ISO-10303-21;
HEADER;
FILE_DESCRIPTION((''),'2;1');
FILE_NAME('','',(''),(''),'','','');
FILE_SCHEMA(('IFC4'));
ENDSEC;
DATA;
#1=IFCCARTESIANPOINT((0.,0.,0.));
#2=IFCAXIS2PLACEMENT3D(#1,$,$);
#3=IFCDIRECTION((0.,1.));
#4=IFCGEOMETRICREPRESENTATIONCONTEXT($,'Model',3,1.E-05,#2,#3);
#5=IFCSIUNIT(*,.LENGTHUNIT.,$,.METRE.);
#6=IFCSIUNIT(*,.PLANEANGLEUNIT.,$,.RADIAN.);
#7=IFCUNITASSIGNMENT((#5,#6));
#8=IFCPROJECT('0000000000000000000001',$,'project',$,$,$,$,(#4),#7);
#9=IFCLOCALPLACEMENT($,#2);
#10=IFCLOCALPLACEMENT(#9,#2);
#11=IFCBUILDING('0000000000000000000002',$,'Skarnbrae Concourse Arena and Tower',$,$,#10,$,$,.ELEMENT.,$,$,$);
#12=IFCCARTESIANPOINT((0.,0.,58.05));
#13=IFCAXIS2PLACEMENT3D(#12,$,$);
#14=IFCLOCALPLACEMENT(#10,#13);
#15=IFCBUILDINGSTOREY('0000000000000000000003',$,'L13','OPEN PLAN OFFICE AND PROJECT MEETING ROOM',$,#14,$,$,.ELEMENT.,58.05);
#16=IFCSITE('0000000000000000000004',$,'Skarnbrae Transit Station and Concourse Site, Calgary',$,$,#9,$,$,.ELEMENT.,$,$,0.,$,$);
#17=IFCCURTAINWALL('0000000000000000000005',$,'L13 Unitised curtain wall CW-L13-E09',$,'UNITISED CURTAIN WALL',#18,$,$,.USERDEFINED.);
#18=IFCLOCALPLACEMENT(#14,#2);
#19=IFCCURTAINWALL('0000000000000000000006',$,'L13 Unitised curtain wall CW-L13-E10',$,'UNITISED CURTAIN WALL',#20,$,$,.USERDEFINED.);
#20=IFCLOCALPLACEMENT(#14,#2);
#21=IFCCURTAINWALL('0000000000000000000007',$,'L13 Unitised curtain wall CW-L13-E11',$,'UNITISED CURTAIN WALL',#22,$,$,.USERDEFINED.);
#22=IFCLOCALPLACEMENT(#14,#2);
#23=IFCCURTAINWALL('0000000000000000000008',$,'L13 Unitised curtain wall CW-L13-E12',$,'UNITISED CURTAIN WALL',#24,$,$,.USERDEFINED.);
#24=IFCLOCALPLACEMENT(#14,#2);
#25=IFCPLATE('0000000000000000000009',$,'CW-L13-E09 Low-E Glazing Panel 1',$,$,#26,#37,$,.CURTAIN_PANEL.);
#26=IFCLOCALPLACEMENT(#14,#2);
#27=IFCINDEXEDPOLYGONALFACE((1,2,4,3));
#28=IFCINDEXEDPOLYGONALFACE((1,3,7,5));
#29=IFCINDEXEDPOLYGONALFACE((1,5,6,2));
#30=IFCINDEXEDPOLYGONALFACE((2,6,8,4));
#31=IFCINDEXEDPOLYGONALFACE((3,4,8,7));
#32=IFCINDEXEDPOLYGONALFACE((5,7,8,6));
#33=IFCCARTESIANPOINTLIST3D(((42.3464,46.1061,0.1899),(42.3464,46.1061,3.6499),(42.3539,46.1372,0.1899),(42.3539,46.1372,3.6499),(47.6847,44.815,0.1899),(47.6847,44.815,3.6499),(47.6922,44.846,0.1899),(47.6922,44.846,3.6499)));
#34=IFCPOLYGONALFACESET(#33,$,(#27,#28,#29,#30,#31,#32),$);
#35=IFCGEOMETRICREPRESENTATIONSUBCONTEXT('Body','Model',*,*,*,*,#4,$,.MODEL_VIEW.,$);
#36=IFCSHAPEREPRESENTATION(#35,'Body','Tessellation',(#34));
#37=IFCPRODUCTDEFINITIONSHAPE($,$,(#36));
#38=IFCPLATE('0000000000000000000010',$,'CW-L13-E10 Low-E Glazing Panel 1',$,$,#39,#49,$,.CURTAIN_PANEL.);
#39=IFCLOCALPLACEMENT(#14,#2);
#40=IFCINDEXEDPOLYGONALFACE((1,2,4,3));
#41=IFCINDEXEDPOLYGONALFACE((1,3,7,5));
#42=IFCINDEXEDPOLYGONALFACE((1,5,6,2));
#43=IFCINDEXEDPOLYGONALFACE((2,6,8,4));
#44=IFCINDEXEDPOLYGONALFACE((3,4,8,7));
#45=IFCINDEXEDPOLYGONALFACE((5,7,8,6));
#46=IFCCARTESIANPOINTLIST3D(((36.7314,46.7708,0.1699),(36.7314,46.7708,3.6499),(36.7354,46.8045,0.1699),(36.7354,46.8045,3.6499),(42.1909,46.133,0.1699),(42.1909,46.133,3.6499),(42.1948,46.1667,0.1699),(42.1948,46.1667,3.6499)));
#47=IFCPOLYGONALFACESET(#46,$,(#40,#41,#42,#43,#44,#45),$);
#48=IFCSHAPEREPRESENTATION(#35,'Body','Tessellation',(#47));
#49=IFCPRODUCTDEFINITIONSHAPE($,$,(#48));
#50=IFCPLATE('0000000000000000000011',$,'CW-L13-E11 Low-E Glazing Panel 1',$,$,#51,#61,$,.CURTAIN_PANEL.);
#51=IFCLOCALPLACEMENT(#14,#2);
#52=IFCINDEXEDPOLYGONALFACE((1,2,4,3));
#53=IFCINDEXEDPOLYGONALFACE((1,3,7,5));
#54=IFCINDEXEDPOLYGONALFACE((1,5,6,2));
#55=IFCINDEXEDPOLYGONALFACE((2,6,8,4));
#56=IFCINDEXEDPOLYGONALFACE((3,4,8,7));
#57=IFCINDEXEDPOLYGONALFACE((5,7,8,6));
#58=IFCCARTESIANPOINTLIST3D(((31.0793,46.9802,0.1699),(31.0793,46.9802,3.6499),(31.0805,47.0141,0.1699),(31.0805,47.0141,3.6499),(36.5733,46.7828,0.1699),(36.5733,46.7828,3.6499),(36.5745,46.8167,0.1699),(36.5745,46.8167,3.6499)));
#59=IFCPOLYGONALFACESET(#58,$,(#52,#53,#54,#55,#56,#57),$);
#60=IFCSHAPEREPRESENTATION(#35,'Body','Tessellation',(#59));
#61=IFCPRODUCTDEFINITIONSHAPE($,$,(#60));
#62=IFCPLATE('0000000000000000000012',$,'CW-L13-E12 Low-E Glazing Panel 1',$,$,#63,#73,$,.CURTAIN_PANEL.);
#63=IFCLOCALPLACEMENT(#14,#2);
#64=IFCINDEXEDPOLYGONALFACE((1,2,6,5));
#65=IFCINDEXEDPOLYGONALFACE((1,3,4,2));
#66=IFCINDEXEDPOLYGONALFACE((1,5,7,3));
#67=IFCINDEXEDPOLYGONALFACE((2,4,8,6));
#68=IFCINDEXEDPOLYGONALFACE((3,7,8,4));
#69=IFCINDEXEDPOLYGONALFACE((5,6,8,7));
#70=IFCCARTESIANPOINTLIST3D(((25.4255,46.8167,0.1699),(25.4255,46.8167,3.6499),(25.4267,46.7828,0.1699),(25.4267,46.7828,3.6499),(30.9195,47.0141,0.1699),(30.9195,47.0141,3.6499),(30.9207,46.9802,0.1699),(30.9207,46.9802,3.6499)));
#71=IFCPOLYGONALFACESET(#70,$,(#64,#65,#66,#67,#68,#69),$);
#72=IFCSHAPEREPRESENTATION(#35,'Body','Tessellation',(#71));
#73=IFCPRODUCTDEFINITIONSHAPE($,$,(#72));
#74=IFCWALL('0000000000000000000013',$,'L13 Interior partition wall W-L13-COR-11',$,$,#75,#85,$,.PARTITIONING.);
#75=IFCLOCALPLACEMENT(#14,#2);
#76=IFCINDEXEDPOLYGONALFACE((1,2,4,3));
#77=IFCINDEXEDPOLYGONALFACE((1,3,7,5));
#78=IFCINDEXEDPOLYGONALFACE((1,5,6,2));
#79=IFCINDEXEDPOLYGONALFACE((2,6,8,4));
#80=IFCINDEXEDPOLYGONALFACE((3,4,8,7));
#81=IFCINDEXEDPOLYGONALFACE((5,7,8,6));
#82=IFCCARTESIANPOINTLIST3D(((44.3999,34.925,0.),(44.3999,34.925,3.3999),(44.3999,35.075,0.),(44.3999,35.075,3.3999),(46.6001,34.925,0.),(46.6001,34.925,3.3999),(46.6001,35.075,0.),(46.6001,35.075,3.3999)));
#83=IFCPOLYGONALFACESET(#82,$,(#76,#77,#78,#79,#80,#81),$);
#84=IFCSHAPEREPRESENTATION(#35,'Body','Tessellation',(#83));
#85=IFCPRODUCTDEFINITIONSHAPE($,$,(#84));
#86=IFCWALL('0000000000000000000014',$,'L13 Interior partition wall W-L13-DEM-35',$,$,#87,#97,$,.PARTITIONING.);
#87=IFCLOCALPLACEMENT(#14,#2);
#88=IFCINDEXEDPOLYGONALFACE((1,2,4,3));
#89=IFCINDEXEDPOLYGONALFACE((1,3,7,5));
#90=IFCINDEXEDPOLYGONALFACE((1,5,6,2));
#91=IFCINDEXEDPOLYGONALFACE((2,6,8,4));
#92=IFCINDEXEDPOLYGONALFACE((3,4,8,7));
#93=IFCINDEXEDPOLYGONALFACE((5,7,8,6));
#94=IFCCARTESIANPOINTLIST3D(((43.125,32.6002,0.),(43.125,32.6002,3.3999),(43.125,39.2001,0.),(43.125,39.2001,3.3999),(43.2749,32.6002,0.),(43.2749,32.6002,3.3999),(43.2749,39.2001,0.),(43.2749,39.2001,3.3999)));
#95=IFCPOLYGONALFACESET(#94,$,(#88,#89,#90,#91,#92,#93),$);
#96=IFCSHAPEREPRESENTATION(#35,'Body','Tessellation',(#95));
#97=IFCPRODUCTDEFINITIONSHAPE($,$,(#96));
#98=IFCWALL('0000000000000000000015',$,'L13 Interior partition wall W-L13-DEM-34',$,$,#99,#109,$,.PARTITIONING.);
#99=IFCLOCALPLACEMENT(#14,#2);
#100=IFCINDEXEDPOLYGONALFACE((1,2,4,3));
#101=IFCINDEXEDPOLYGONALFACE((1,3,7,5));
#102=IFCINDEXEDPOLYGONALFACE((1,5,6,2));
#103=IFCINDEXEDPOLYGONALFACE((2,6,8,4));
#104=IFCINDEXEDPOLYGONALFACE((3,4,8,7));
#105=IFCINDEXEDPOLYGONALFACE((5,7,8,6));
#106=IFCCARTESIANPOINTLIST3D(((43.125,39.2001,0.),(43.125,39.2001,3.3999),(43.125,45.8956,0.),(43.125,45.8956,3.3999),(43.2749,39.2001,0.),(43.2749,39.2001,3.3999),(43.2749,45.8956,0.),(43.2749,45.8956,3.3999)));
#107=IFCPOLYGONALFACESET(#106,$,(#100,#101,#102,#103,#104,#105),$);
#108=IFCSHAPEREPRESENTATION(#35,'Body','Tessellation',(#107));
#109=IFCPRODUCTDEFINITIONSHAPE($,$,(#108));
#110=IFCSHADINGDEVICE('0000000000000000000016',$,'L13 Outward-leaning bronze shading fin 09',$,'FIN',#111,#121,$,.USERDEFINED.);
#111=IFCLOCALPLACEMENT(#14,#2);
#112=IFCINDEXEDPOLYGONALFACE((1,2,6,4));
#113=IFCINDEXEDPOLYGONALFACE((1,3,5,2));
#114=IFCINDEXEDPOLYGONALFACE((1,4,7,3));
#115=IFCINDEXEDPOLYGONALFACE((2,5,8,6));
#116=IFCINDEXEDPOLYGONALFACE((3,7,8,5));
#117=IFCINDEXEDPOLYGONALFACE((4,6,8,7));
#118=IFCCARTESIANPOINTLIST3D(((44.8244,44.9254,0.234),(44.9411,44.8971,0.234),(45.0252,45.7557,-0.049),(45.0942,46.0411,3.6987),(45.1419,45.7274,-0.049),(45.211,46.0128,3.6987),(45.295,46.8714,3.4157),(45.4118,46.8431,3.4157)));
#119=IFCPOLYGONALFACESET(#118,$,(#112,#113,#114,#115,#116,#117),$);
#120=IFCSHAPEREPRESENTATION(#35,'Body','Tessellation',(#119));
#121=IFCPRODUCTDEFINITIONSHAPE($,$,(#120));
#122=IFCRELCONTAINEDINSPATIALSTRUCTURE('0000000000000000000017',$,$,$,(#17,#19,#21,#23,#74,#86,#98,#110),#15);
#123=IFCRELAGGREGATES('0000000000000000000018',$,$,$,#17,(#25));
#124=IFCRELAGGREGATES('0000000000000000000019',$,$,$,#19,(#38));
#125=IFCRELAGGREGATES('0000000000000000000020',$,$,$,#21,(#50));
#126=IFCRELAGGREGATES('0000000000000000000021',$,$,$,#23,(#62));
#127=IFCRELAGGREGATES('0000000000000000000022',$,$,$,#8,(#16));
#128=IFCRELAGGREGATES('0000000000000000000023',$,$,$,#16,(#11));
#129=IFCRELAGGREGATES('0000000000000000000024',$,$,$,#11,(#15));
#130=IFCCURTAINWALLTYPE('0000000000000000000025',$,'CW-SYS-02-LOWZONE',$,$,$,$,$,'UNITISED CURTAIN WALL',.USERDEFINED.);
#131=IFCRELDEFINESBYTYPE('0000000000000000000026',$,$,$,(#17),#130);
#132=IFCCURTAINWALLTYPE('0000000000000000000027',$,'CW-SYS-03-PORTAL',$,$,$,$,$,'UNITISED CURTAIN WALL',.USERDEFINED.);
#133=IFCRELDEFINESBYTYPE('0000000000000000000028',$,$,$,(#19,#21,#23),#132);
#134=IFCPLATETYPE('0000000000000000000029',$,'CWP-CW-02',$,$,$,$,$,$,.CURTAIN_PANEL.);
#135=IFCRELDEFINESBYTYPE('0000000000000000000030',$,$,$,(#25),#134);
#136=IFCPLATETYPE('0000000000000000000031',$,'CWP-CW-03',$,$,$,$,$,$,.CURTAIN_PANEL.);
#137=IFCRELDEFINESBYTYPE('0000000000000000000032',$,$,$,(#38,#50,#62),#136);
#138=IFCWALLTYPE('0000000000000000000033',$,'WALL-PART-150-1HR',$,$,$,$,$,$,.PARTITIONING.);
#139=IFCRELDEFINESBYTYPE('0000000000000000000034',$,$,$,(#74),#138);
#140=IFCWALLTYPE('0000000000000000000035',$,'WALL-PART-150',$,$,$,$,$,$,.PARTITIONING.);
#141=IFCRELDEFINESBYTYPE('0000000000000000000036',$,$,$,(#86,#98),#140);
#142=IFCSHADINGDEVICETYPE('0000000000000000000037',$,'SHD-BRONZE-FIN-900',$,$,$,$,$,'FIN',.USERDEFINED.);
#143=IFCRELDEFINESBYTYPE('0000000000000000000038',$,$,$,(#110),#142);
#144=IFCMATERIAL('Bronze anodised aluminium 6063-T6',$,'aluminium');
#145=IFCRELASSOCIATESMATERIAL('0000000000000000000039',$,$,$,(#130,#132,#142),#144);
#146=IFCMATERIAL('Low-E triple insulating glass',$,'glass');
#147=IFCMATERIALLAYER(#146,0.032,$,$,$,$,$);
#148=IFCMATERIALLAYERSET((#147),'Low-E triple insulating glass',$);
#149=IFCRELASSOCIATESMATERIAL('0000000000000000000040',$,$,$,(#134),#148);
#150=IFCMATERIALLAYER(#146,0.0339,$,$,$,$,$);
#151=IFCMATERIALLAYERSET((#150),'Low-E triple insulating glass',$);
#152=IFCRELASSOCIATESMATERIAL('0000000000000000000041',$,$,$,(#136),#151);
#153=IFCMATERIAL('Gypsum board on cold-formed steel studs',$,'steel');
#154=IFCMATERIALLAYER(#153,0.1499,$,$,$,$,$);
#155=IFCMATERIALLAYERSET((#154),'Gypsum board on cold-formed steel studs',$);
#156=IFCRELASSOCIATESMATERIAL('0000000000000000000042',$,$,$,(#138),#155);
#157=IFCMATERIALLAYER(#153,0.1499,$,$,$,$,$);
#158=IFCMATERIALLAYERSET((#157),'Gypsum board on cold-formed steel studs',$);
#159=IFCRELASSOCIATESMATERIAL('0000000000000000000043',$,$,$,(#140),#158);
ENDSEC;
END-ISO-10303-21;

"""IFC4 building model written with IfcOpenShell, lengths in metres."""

from ifc_helpers import new_model, si_unit, direction, frame, frame_2d, origin, origin_2d, place, context, subcontext, project, spatial, rectangle, extrude, source, transform, mapped, material, layer, layer_set, type_object, element, aggregate, save


model = new_model("IFC4")

# Units and contexts
model_context = context("Model", 3, precision=1e-05, world=origin(), true_north=direction((0.0, 1.0)))
body_context = subcontext(model_context, "Body", "Model", "MODEL_VIEW")
ifc_project = project(units=[si_unit("LENGTHUNIT", "METRE"), si_unit("PLANEANGLEUNIT", "RADIAN")], contexts=[model_context])

# Site, building, storey
site_placement = place(None, origin())
site = spatial("IfcSite", under=ifc_project, at=site_placement, Name="Skarnbrae Transit Station and Concourse Site, Calgary", CompositionType="ELEMENT", RefElevation=0.0)
building_placement = place(site_placement, origin())
building = spatial("IfcBuilding", under=site, at=building_placement, Name="Skarnbrae Concourse Arena and Tower", CompositionType="ELEMENT")
storey_placement = place(building_placement, frame((0.0, 0.0, 58.05)))
storey = spatial("IfcBuildingStorey", under=building, at=storey_placement, Name="L13", Description="OPEN PLAN OFFICE AND PROJECT MEETING ROOM", CompositionType="ELEMENT", Elevation=58.05)

# Curtain walls
ifc_material_1 = material(Name="Bronze anodised aluminium 6063-T6", Category="aluminium")
curtain_wall_type_1 = type_object("IfcCurtainWallType", Name="CW-SYS-02-LOWZONE", ElementType="UNITISED CURTAIN WALL", PredefinedType="USERDEFINED", material=ifc_material_1)
curtain_wall_1_placement = place(storey_placement, origin())
curtain_wall_1 = element("IfcCurtainWall", 1, at=curtain_wall_1_placement, inside=storey, type_object=curtain_wall_type_1, Name="L13 Unitised curtain wall CW-L13-E09", ObjectType="UNITISED CURTAIN WALL", PredefinedType="USERDEFINED")
curtain_wall_type_2 = type_object("IfcCurtainWallType", Name="CW-SYS-03-PORTAL", ElementType="UNITISED CURTAIN WALL", PredefinedType="USERDEFINED", material=ifc_material_1)
curtain_wall_2_placement = place(storey_placement, origin())
curtain_wall_2 = element("IfcCurtainWall", 2, at=curtain_wall_2_placement, inside=storey, type_object=curtain_wall_type_2, Name="L13 Unitised curtain wall CW-L13-E10", ObjectType="UNITISED CURTAIN WALL", PredefinedType="USERDEFINED")
curtain_wall_3_placement = place(storey_placement, origin())
curtain_wall_3 = element("IfcCurtainWall", 3, at=curtain_wall_3_placement, inside=storey, type_object=curtain_wall_type_2, Name="L13 Unitised curtain wall CW-L13-E11", ObjectType="UNITISED CURTAIN WALL", PredefinedType="USERDEFINED")
curtain_wall_4_placement = place(storey_placement, origin())
curtain_wall_4 = element("IfcCurtainWall", 4, at=curtain_wall_4_placement, inside=storey, type_object=curtain_wall_type_2, Name="L13 Unitised curtain wall CW-L13-E12", ObjectType="UNITISED CURTAIN WALL", PredefinedType="USERDEFINED")

# Plates
ifc_material_2 = material(Name="Low-E triple insulating glass", Category="glass")
ifc_layer_1 = layer(ifc_material_2, 0.032)
ifc_layer_set_1 = layer_set([ifc_layer_1], Name="Low-E triple insulating glass")
plate_type_1 = type_object("IfcPlateType", Name="CWP-CW-02", PredefinedType="CURTAIN_PANEL", material=ifc_layer_set_1)
shared_shape_1 = source(origin(), body_context, "Body", "SweptSolid", [
    extrude(rectangle(XDim=5.4922, YDim=0.032, at=origin_2d()), origin(), (0.0, 0.0, 1.0), 3.46),
])
plate_1_placement = place(storey_placement, frame((45.0193, 45.4761, 0.1899), z_axis=(0.0, 0.0, 1.0), x_axis=(-0.971974, 0.23509, 0.0)))
plate_1 = element("IfcPlate", 5, at=plate_1_placement, type_object=plate_type_1, Name="CW-L13-E09 Low-E Glazing Panel 1", PredefinedType="CURTAIN_PANEL", context=body_context, shape_type="MappedRepresentation", body=[
    mapped(shared_shape_1, transform((0.0, 0.0, 0.0))),
])
aggregate(curtain_wall_1, [plate_1])
ifc_layer_2 = layer(ifc_material_2, 0.0339)
ifc_layer_set_2 = layer_set([ifc_layer_2], Name="Low-E triple insulating glass")
plate_type_2 = type_object("IfcPlateType", Name="CWP-CW-03", PredefinedType="CURTAIN_PANEL", material=ifc_layer_set_2)
shared_shape_2 = source(origin(), body_context, "Body", "SweptSolid", [
    extrude(rectangle(XDim=5.4966, YDim=0.0339, at=origin_2d()), origin(), (0.0, 0.0, 1.0), 3.48),
])
plate_2_placement = place(storey_placement, frame((39.4631, 46.4688, 0.1699), z_axis=(0.0, 0.0, 1.0), x_axis=(-0.993245, 0.11604, 0.0)))
plate_2 = element("IfcPlate", 6, at=plate_2_placement, type_object=plate_type_2, Name="CW-L13-E10 Low-E Glazing Panel 1", PredefinedType="CURTAIN_PANEL", context=body_context, shape_type="MappedRepresentation", body=[
    mapped(shared_shape_2, transform((0.0, 0.0, 0.0))),
])
aggregate(curtain_wall_2, [plate_2])
shared_shape_3 = source(origin(), body_context, "Body", "SweptSolid", [
    extrude(rectangle(XDim=5.4976, YDim=0.0339, at=origin_2d()), origin(), (0.0, 0.0, 1.0), 3.48),
])
plate_3_placement = place(storey_placement, frame((33.8269, 46.8984, 0.1699), z_axis=(0.0, 0.0, 1.0), x_axis=(-0.999355, 0.035899, 0.0)))
plate_3 = element("IfcPlate", 7, at=plate_3_placement, type_object=plate_type_2, Name="CW-L13-E11 Low-E Glazing Panel 1", PredefinedType="CURTAIN_PANEL", context=body_context, shape_type="MappedRepresentation", body=[
    mapped(shared_shape_3, transform((0.0, 0.0, 0.0))),
])
aggregate(curtain_wall_3, [plate_3])
plate_4_placement = place(storey_placement, frame((28.1731, 46.8984, 0.1699), z_axis=(0.0, 0.0, 1.0), x_axis=(-0.999355, -0.035899, 0.0)))
plate_4 = element("IfcPlate", 8, at=plate_4_placement, type_object=plate_type_2, Name="CW-L13-E12 Low-E Glazing Panel 1", PredefinedType="CURTAIN_PANEL", context=body_context, shape_type="MappedRepresentation", body=[
    mapped(shared_shape_3, transform((0.0, 0.0, 0.0))),
])
aggregate(curtain_wall_4, [plate_4])

# Walls
ifc_material_3 = material(Name="Gypsum board on cold-formed steel studs", Category="steel")
ifc_layer_3 = layer(ifc_material_3, 0.1499)
ifc_layer_set_3 = layer_set([ifc_layer_3], Name="Gypsum board on cold-formed steel studs")
wall_type_1 = type_object("IfcWallType", Name="WALL-PART-150-1HR", PredefinedType="PARTITIONING", material=ifc_layer_set_3)
shared_shape_4 = source(origin(), body_context, "Body", "SweptSolid", [
    extrude(rectangle(XDim=2.2002, YDim=0.1499, at=frame_2d((1.1001, 0.0))), origin(), (0.0, 0.0, 1.0), 3.3999),
])
wall_1_placement = place(storey_placement, frame((44.3999, 35.0, 0.0), z_axis=(0.0, 0.0, 1.0), x_axis=(1.0, 0.0, 0.0)))
element("IfcWall", 9, at=wall_1_placement, inside=storey, type_object=wall_type_1, Name="L13 Interior partition wall W-L13-COR-11", PredefinedType="PARTITIONING", context=body_context, shape_type="MappedRepresentation", body=[
    mapped(shared_shape_4, transform((0.0, 0.0, 0.0))),
])
ifc_layer_4 = layer(ifc_material_3, 0.1499)
ifc_layer_set_4 = layer_set([ifc_layer_4], Name="Gypsum board on cold-formed steel studs")
wall_type_2 = type_object("IfcWallType", Name="WALL-PART-150", PredefinedType="PARTITIONING", material=ifc_layer_set_4)
shared_shape_5 = source(origin(), body_context, "Body", "SweptSolid", [
    extrude(rectangle(XDim=6.5999, YDim=0.1499, at=frame_2d((3.2998, 0.0))), origin(), (0.0, 0.0, 1.0), 3.3999),
])
wall_2_placement = place(storey_placement, frame((43.2, 39.2, 0.0), z_axis=(0.0, 0.0, 1.0), x_axis=(0.0, -1.0, 0.0)))
element("IfcWall", 10, at=wall_2_placement, inside=storey, type_object=wall_type_2, Name="L13 Interior partition wall W-L13-DEM-35", PredefinedType="PARTITIONING", context=body_context, shape_type="MappedRepresentation", body=[
    mapped(shared_shape_5, transform((0.0, 0.0, 0.0))),
])
shared_shape_6 = source(origin(), body_context, "Body", "SweptSolid", [
    extrude(rectangle(XDim=6.6956, YDim=0.1499, at=frame_2d((3.3477, 0.0))), origin(), (0.0, 0.0, 1.0), 3.3999),
])
wall_3_placement = place(storey_placement, frame((43.2, 45.8955, 0.0), z_axis=(0.0, 0.0, 1.0), x_axis=(0.0, -1.0, 0.0)))
element("IfcWall", 11, at=wall_3_placement, inside=storey, type_object=wall_type_2, Name="L13 Interior partition wall W-L13-DEM-34", PredefinedType="PARTITIONING", context=body_context, shape_type="MappedRepresentation", body=[
    mapped(shared_shape_6, transform((0.0, 0.0, 0.0))),
])

# Shading device
shading_device_type = type_object("IfcShadingDeviceType", Name="SHD-BRONZE-FIN-900", ElementType="FIN", PredefinedType="USERDEFINED", material=ifc_material_1)
shared_shape_7 = source(origin(), body_context, "Body", "SweptSolid", [
    extrude(rectangle(XDim=0.1201, YDim=0.8999, at=origin_2d()), origin(), (0.0, 0.0, 1.0), 3.6499),
])
shading_device_placement = place(storey_placement, frame((44.9832, 45.3264, 0.0925), z_axis=(0.073934, 0.305675, 0.949261), x_axis=(0.971973, -0.235091, 0.0)))
element("IfcShadingDevice", 12, at=shading_device_placement, inside=storey, type_object=shading_device_type, Name="L13 Outward-leaning bronze shading fin 09", ObjectType="FIN", PredefinedType="USERDEFINED", context=body_context, shape_type="MappedRepresentation", body=[
    mapped(shared_shape_7, transform((0.0, 0.0, 0.0))),
])

save(model, "model.ifc")
